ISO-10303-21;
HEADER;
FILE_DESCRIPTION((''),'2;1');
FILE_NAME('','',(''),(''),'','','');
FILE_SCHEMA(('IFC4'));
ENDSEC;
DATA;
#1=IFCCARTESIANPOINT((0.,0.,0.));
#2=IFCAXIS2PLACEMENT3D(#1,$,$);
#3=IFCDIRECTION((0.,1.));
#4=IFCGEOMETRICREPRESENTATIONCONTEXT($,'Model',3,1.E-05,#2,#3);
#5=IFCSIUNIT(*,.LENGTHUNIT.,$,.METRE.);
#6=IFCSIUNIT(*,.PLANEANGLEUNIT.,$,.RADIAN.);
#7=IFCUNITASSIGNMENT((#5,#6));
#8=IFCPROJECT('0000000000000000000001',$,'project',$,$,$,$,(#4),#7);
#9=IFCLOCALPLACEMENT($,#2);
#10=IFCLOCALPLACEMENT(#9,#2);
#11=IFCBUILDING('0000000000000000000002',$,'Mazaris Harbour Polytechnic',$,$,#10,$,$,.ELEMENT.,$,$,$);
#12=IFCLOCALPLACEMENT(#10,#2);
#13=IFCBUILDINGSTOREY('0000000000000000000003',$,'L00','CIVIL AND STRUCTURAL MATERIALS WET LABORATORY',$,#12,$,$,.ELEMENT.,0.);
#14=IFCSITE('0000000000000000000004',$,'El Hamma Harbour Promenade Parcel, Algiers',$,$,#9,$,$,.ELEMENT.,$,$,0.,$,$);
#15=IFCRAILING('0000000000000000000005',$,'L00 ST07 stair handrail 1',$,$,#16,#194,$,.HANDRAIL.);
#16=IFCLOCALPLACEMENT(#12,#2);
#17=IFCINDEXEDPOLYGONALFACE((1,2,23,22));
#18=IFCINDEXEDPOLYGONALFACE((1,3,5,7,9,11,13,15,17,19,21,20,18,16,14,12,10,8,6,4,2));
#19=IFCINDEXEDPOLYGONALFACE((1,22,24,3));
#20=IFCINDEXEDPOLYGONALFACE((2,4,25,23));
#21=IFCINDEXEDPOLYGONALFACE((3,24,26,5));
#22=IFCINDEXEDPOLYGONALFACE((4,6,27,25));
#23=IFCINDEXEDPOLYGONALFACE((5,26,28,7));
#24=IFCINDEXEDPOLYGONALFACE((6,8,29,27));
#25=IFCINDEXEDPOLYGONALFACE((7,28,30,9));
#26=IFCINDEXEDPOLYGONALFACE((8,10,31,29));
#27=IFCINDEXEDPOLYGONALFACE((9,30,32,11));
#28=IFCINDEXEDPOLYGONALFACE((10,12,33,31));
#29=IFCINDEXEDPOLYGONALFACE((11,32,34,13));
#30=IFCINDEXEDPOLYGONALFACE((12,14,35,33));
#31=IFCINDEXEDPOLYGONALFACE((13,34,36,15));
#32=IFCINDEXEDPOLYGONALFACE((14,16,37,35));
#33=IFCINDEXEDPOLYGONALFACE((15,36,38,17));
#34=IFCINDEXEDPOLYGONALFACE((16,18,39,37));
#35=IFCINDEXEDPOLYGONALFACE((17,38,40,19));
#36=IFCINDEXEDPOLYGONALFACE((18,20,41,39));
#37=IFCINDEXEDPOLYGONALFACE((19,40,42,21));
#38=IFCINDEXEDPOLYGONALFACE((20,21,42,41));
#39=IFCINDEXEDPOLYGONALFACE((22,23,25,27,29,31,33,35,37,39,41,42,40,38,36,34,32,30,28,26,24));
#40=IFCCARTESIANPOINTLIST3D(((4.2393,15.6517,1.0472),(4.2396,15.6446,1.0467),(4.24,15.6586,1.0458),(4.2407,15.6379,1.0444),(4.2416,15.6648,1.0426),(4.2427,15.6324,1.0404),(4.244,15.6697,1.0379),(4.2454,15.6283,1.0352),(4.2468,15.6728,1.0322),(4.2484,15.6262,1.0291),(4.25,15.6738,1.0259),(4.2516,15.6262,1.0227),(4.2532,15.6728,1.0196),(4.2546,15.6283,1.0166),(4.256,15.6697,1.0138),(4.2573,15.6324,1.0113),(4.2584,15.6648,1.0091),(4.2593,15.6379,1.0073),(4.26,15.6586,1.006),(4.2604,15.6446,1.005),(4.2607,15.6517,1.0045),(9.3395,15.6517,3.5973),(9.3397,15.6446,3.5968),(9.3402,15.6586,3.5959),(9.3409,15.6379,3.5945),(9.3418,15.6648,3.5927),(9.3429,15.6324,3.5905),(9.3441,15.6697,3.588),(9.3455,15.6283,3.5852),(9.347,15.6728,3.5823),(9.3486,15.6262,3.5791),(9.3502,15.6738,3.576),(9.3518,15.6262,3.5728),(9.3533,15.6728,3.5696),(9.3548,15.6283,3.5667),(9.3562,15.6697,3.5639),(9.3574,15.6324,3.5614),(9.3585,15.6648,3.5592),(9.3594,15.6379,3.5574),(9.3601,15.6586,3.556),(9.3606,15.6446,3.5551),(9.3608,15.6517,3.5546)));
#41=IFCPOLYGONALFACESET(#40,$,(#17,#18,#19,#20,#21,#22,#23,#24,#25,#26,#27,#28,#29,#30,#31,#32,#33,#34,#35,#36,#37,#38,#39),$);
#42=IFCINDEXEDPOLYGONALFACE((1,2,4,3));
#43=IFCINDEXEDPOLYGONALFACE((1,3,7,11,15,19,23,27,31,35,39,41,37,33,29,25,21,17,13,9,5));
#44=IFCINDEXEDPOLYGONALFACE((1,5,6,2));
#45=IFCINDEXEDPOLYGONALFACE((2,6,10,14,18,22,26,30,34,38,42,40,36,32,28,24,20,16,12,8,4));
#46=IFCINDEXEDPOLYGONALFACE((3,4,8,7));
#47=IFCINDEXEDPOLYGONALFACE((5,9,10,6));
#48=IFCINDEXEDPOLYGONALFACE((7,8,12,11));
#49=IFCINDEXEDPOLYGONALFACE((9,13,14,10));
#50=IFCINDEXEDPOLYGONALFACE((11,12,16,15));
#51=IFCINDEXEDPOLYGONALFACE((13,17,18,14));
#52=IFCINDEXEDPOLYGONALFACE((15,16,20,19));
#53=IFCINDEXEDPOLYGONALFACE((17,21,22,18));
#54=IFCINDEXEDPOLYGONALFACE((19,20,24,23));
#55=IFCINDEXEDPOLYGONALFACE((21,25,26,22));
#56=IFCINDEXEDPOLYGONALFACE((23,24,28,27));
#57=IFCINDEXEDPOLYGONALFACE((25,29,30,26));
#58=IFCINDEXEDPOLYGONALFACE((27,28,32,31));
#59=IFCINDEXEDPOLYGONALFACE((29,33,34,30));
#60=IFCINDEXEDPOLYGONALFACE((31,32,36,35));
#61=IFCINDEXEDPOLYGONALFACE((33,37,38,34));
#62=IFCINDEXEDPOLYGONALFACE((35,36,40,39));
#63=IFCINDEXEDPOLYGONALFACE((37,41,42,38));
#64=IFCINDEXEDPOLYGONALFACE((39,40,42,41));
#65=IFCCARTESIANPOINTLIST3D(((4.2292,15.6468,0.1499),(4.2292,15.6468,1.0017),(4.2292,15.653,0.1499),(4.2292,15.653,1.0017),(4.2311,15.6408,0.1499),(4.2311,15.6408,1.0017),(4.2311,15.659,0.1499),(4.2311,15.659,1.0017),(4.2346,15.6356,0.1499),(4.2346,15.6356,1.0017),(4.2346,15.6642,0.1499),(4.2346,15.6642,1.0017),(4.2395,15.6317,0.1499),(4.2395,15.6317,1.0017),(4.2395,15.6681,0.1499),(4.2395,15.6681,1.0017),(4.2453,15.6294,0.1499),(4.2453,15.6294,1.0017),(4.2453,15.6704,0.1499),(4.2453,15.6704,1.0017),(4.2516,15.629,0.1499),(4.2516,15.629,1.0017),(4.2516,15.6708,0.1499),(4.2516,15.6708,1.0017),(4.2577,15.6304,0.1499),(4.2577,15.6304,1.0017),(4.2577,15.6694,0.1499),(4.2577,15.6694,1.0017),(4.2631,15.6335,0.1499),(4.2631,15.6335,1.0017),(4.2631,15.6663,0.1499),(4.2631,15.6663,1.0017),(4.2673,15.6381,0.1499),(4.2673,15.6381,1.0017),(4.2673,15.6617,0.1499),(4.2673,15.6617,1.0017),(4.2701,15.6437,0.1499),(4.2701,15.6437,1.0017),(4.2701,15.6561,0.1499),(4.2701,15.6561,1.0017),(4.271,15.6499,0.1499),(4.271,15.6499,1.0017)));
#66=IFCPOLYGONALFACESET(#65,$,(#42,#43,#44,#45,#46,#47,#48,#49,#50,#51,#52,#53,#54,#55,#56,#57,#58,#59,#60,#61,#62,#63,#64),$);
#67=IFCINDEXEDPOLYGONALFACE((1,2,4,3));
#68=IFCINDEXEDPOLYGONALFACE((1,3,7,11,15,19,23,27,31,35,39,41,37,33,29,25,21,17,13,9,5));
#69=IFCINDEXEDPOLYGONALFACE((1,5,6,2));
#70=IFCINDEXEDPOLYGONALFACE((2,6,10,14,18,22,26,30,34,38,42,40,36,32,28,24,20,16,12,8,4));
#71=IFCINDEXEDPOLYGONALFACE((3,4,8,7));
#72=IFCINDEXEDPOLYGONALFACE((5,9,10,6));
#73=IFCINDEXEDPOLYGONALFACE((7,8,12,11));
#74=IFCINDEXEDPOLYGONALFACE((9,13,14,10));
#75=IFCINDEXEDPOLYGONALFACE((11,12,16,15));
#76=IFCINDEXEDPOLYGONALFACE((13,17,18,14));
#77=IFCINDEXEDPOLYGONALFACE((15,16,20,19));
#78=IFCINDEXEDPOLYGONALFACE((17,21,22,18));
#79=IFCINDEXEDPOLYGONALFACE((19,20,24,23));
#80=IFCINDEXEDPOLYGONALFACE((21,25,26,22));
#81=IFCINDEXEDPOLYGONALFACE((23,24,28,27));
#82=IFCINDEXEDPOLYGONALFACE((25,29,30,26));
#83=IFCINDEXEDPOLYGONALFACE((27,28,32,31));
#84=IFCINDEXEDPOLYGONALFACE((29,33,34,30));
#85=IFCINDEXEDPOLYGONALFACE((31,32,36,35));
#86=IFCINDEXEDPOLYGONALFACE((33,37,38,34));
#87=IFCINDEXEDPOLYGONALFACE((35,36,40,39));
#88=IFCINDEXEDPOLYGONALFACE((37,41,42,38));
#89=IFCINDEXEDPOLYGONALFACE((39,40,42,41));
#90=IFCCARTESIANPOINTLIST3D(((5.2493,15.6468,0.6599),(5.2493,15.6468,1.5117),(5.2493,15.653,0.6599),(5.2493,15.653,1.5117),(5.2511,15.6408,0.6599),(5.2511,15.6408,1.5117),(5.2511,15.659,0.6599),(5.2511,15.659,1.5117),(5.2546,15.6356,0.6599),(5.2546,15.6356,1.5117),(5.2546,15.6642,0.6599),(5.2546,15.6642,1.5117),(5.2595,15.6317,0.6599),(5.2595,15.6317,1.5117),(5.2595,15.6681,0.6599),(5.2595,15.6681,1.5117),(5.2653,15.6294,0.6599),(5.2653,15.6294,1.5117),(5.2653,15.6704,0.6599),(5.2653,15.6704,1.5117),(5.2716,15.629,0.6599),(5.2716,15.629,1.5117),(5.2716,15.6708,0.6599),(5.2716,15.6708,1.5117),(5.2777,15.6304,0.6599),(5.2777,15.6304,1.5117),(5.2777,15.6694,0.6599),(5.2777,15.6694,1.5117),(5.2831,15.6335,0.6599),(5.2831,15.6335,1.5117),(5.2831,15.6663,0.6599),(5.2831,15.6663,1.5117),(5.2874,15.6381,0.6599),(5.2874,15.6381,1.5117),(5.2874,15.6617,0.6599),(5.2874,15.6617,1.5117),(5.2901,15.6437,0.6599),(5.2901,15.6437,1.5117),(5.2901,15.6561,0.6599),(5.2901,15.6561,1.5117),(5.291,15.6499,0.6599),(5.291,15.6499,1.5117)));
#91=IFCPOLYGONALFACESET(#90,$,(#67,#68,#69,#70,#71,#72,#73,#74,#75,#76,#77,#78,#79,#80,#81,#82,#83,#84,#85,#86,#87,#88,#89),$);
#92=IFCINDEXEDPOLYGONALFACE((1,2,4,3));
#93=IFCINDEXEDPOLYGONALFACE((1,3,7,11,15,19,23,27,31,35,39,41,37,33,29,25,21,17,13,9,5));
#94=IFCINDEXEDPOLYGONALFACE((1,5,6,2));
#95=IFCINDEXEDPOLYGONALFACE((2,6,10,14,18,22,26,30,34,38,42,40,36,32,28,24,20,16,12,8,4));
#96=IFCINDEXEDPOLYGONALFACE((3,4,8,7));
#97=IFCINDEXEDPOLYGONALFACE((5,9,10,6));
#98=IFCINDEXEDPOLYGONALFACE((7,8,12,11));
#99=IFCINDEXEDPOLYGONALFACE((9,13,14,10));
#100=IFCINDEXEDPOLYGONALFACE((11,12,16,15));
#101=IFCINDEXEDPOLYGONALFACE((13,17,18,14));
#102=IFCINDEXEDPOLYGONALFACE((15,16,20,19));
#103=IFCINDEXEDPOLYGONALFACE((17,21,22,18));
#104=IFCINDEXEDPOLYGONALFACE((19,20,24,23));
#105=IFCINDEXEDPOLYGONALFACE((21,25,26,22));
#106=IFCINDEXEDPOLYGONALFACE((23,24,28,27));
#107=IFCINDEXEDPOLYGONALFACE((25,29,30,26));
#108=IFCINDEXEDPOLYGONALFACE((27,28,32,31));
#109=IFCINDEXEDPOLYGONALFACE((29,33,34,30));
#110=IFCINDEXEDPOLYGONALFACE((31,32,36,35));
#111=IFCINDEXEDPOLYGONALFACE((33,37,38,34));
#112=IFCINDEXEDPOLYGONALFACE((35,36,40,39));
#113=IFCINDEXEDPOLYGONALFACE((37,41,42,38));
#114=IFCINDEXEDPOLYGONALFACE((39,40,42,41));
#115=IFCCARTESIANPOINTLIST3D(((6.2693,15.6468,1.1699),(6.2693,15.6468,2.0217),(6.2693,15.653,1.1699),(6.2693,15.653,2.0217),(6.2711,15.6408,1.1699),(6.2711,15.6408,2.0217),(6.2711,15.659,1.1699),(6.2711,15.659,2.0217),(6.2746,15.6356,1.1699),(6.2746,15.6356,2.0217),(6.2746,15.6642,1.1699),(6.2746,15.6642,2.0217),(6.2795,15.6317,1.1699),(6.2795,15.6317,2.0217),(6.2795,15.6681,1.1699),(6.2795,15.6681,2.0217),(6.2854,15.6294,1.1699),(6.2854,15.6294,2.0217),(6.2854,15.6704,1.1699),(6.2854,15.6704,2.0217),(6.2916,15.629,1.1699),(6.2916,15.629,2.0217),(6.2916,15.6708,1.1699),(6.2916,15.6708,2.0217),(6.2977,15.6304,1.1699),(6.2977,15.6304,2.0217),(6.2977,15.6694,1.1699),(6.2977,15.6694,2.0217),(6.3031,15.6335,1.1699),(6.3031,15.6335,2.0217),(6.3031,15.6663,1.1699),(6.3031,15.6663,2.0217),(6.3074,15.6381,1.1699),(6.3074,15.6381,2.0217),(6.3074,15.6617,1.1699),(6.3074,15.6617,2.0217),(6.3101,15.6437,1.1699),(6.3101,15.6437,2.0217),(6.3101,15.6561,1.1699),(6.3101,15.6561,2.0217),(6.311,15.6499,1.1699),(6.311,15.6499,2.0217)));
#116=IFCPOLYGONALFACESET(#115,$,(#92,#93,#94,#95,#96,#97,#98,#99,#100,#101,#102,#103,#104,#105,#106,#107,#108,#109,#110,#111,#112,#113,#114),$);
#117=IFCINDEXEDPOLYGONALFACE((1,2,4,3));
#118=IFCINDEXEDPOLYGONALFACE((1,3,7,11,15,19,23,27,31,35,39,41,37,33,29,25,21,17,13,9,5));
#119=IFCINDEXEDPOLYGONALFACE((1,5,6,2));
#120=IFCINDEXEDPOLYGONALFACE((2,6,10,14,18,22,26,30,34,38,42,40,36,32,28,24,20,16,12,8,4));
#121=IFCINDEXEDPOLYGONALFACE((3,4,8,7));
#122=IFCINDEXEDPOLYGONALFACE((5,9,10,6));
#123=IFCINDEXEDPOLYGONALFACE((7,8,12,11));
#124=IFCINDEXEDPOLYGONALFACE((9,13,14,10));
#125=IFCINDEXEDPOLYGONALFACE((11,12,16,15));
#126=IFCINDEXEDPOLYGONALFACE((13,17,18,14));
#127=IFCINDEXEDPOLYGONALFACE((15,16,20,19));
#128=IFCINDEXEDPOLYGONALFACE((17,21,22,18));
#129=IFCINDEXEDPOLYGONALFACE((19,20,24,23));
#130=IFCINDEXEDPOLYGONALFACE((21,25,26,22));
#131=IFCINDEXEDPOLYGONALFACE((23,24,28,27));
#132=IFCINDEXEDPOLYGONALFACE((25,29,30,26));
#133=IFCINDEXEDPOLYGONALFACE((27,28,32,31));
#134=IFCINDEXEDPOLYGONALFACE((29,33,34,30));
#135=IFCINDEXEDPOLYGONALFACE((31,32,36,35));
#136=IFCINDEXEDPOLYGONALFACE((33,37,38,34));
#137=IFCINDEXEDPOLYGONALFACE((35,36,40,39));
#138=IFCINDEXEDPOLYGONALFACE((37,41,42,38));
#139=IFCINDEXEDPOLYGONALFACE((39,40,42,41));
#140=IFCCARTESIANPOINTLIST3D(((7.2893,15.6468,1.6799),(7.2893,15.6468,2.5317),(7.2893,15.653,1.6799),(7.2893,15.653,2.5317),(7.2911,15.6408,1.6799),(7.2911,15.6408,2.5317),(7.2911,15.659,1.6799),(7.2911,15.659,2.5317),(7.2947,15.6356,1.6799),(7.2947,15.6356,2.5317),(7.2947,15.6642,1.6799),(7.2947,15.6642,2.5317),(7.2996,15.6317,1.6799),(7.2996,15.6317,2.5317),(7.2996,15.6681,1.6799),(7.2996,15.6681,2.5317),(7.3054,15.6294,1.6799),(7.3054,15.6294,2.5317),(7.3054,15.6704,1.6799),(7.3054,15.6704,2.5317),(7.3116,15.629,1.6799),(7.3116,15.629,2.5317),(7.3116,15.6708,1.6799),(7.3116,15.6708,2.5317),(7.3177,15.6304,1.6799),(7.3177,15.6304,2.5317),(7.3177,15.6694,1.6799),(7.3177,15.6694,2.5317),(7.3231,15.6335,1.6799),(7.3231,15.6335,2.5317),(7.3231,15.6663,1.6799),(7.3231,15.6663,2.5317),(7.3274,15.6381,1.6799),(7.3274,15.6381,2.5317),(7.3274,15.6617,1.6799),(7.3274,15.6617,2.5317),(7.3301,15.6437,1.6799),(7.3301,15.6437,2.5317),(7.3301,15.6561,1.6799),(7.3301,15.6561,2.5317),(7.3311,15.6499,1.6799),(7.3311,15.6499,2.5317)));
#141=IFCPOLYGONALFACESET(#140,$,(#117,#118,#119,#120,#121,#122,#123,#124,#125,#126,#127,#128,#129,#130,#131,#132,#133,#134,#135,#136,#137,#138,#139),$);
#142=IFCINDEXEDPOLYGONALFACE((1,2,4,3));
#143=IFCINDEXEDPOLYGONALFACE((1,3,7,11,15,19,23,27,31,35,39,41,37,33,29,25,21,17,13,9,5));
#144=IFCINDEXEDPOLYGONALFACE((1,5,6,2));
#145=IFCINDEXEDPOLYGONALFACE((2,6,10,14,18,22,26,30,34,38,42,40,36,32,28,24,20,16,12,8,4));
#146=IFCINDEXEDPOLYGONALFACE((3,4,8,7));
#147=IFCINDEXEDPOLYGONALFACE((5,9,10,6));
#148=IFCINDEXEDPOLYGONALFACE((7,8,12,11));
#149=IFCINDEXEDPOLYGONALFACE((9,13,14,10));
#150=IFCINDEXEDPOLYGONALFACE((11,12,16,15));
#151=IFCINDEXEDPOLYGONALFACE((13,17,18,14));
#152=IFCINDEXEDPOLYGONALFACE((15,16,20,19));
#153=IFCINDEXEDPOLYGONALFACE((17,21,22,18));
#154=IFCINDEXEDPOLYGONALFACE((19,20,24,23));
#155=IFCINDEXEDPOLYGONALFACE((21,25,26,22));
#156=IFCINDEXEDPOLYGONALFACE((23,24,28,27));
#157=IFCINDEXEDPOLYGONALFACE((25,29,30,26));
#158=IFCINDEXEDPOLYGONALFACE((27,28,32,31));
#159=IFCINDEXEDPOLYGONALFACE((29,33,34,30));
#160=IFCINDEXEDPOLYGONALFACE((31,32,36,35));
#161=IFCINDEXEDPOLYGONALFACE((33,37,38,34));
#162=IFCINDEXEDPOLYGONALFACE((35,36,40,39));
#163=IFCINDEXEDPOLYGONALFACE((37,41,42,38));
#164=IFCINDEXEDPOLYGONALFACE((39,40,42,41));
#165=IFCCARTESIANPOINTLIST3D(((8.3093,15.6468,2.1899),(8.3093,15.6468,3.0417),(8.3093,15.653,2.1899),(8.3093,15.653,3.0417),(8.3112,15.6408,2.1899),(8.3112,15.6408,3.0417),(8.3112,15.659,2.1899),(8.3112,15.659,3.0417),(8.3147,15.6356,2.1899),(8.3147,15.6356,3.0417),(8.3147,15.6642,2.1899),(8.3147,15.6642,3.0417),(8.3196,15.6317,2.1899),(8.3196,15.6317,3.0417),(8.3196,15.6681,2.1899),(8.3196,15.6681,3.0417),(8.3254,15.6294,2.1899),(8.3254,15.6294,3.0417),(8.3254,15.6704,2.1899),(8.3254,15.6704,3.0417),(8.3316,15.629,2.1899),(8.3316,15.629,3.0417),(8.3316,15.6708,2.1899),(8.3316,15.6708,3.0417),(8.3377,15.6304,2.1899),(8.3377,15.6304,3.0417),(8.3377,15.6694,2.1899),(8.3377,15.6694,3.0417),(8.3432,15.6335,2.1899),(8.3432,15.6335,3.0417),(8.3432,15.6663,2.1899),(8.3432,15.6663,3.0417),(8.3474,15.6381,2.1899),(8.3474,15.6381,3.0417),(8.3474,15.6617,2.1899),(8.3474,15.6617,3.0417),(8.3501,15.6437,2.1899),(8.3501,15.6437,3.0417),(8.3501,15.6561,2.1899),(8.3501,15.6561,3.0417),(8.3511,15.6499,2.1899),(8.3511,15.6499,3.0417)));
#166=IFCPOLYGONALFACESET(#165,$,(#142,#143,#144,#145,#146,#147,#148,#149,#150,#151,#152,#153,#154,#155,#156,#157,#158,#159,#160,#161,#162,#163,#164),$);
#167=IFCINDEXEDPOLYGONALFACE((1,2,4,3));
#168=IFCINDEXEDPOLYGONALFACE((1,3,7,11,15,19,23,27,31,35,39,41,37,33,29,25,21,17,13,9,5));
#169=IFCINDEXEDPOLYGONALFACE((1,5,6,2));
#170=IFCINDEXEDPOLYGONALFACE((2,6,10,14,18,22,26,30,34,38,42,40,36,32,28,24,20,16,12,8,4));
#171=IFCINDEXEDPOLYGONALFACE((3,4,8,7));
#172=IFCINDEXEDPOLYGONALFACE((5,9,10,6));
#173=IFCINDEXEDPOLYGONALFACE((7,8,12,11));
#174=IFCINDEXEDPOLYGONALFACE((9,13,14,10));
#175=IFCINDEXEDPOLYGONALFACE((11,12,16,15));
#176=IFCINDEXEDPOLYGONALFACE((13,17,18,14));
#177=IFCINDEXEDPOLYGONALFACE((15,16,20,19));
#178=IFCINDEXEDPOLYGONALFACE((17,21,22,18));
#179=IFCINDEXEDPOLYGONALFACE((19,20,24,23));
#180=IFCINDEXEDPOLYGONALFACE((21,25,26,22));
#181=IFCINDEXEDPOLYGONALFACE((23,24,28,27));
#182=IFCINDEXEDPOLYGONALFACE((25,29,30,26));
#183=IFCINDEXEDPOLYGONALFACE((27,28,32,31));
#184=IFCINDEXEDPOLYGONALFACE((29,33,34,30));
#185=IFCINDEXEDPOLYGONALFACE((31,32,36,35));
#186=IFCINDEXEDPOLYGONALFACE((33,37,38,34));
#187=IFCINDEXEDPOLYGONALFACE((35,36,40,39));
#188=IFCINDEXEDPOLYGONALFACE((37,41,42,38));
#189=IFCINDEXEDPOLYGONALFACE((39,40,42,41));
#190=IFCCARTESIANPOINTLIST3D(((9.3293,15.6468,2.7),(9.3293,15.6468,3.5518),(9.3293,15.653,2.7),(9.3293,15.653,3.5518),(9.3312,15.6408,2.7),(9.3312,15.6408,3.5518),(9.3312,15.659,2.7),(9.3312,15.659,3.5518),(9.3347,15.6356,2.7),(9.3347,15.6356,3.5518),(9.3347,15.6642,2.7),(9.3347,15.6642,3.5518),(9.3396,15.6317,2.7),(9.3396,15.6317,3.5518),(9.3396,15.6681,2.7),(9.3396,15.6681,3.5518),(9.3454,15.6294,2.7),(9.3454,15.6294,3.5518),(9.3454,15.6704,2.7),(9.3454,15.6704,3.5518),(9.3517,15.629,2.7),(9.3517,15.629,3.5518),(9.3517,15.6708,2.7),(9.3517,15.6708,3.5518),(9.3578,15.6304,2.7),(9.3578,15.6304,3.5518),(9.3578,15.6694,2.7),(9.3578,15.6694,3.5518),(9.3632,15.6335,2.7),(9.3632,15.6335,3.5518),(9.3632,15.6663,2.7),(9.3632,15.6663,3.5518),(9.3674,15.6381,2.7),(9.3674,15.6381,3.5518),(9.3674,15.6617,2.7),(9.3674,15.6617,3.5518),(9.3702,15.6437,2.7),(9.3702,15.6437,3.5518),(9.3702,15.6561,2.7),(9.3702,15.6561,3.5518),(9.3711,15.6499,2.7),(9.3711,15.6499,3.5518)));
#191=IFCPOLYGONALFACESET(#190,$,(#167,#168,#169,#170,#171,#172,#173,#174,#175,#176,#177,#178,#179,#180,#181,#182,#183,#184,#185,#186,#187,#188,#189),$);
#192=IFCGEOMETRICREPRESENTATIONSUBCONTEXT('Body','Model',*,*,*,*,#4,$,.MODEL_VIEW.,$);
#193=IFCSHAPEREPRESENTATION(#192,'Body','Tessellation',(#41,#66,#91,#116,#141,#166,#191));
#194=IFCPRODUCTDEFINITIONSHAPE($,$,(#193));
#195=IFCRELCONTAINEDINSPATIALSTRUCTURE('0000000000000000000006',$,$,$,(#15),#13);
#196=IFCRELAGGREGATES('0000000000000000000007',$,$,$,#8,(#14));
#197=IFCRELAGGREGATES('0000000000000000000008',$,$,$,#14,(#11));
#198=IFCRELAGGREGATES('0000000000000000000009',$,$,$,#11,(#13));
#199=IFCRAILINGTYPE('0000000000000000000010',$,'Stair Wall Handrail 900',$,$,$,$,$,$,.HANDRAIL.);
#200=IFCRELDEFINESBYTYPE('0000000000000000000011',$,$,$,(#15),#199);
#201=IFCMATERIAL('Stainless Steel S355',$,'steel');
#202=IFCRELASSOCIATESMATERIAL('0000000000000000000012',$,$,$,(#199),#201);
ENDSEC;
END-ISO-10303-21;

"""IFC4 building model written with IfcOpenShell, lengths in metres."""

from ifc_helpers import new_model, si_unit, direction, frame, origin, origin_2d, place, context, subcontext, project, spatial, circle, extrude, material, type_object, element, save


model = new_model("IFC4")

# Units and contexts
model_context = context("Model", 3, precision=1e-05, world=origin(), true_north=direction((0.0, 1.0)))
body_context = subcontext(model_context, "Body", "Model", "MODEL_VIEW")
ifc_project = project(units=[si_unit("LENGTHUNIT", "METRE"), si_unit("PLANEANGLEUNIT", "RADIAN")], contexts=[model_context])

# Site, building, storey
site_placement = place(None, origin())
site = spatial("IfcSite", under=ifc_project, at=site_placement, Name="El Hamma Harbour Promenade Parcel, Algiers", CompositionType="ELEMENT", RefElevation=0.0)
building_placement = place(site_placement, origin())
building = spatial("IfcBuilding", under=site, at=building_placement, Name="Mazaris Harbour Polytechnic", CompositionType="ELEMENT")
storey_placement = place(building_placement, origin())
storey = spatial("IfcBuildingStorey", under=building, at=storey_placement, Name="L00", Description="CIVIL AND STRUCTURAL MATERIALS WET LABORATORY", CompositionType="ELEMENT", Elevation=0.0)

# Railing
ifc_material_1 = material(Name="Stainless Steel S355", Category="steel")
railing_type_1 = type_object("IfcRailingType", Name="Stair Wall Handrail 900", PredefinedType="HANDRAIL", material=ifc_material_1)
railing_1_placement = place(storey_placement, frame((4.25, 15.6499, 0.1499)))
element("IfcRailing", 1, at=railing_1_placement, inside=storey, type_object=railing_type_1, Name="L00 ST07 stair handrail 1", PredefinedType="HANDRAIL", context=body_context, shape_type="SweptSolid", body=[
    extrude(circle(Radius=0.0239, at=origin_2d()), frame((0.0, 0.0, 0.876), z_axis=(0.894427, 0.0, 0.447214), x_axis=(0.0, 1.0, 0.0)), (0.0, 0.0, 1.0), 5.7021),
    extrude(circle(Radius=0.021, at=origin_2d()), origin(), (0.0, 0.0, 1.0), 0.8518),
    extrude(circle(Radius=0.021, at=origin_2d()), frame((1.02, 0.0, 0.51)), (0.0, 0.0, 1.0), 0.8518),
    extrude(circle(Radius=0.021, at=origin_2d()), frame((2.04, 0.0, 1.02)), (0.0, 0.0, 1.0), 0.8518),
    extrude(circle(Radius=0.021, at=origin_2d()), frame((3.0601, 0.0, 1.53)), (0.0, 0.0, 1.0), 0.8518),
    extrude(circle(Radius=0.021, at=origin_2d()), frame((4.0801, 0.0, 2.04)), (0.0, 0.0, 1.0), 0.8518),
    extrude(circle(Radius=0.021, at=origin_2d()), frame((5.1001, 0.0, 2.55)), (0.0, 0.0, 1.0), 0.8518),
])

save(model, "model.ifc")
